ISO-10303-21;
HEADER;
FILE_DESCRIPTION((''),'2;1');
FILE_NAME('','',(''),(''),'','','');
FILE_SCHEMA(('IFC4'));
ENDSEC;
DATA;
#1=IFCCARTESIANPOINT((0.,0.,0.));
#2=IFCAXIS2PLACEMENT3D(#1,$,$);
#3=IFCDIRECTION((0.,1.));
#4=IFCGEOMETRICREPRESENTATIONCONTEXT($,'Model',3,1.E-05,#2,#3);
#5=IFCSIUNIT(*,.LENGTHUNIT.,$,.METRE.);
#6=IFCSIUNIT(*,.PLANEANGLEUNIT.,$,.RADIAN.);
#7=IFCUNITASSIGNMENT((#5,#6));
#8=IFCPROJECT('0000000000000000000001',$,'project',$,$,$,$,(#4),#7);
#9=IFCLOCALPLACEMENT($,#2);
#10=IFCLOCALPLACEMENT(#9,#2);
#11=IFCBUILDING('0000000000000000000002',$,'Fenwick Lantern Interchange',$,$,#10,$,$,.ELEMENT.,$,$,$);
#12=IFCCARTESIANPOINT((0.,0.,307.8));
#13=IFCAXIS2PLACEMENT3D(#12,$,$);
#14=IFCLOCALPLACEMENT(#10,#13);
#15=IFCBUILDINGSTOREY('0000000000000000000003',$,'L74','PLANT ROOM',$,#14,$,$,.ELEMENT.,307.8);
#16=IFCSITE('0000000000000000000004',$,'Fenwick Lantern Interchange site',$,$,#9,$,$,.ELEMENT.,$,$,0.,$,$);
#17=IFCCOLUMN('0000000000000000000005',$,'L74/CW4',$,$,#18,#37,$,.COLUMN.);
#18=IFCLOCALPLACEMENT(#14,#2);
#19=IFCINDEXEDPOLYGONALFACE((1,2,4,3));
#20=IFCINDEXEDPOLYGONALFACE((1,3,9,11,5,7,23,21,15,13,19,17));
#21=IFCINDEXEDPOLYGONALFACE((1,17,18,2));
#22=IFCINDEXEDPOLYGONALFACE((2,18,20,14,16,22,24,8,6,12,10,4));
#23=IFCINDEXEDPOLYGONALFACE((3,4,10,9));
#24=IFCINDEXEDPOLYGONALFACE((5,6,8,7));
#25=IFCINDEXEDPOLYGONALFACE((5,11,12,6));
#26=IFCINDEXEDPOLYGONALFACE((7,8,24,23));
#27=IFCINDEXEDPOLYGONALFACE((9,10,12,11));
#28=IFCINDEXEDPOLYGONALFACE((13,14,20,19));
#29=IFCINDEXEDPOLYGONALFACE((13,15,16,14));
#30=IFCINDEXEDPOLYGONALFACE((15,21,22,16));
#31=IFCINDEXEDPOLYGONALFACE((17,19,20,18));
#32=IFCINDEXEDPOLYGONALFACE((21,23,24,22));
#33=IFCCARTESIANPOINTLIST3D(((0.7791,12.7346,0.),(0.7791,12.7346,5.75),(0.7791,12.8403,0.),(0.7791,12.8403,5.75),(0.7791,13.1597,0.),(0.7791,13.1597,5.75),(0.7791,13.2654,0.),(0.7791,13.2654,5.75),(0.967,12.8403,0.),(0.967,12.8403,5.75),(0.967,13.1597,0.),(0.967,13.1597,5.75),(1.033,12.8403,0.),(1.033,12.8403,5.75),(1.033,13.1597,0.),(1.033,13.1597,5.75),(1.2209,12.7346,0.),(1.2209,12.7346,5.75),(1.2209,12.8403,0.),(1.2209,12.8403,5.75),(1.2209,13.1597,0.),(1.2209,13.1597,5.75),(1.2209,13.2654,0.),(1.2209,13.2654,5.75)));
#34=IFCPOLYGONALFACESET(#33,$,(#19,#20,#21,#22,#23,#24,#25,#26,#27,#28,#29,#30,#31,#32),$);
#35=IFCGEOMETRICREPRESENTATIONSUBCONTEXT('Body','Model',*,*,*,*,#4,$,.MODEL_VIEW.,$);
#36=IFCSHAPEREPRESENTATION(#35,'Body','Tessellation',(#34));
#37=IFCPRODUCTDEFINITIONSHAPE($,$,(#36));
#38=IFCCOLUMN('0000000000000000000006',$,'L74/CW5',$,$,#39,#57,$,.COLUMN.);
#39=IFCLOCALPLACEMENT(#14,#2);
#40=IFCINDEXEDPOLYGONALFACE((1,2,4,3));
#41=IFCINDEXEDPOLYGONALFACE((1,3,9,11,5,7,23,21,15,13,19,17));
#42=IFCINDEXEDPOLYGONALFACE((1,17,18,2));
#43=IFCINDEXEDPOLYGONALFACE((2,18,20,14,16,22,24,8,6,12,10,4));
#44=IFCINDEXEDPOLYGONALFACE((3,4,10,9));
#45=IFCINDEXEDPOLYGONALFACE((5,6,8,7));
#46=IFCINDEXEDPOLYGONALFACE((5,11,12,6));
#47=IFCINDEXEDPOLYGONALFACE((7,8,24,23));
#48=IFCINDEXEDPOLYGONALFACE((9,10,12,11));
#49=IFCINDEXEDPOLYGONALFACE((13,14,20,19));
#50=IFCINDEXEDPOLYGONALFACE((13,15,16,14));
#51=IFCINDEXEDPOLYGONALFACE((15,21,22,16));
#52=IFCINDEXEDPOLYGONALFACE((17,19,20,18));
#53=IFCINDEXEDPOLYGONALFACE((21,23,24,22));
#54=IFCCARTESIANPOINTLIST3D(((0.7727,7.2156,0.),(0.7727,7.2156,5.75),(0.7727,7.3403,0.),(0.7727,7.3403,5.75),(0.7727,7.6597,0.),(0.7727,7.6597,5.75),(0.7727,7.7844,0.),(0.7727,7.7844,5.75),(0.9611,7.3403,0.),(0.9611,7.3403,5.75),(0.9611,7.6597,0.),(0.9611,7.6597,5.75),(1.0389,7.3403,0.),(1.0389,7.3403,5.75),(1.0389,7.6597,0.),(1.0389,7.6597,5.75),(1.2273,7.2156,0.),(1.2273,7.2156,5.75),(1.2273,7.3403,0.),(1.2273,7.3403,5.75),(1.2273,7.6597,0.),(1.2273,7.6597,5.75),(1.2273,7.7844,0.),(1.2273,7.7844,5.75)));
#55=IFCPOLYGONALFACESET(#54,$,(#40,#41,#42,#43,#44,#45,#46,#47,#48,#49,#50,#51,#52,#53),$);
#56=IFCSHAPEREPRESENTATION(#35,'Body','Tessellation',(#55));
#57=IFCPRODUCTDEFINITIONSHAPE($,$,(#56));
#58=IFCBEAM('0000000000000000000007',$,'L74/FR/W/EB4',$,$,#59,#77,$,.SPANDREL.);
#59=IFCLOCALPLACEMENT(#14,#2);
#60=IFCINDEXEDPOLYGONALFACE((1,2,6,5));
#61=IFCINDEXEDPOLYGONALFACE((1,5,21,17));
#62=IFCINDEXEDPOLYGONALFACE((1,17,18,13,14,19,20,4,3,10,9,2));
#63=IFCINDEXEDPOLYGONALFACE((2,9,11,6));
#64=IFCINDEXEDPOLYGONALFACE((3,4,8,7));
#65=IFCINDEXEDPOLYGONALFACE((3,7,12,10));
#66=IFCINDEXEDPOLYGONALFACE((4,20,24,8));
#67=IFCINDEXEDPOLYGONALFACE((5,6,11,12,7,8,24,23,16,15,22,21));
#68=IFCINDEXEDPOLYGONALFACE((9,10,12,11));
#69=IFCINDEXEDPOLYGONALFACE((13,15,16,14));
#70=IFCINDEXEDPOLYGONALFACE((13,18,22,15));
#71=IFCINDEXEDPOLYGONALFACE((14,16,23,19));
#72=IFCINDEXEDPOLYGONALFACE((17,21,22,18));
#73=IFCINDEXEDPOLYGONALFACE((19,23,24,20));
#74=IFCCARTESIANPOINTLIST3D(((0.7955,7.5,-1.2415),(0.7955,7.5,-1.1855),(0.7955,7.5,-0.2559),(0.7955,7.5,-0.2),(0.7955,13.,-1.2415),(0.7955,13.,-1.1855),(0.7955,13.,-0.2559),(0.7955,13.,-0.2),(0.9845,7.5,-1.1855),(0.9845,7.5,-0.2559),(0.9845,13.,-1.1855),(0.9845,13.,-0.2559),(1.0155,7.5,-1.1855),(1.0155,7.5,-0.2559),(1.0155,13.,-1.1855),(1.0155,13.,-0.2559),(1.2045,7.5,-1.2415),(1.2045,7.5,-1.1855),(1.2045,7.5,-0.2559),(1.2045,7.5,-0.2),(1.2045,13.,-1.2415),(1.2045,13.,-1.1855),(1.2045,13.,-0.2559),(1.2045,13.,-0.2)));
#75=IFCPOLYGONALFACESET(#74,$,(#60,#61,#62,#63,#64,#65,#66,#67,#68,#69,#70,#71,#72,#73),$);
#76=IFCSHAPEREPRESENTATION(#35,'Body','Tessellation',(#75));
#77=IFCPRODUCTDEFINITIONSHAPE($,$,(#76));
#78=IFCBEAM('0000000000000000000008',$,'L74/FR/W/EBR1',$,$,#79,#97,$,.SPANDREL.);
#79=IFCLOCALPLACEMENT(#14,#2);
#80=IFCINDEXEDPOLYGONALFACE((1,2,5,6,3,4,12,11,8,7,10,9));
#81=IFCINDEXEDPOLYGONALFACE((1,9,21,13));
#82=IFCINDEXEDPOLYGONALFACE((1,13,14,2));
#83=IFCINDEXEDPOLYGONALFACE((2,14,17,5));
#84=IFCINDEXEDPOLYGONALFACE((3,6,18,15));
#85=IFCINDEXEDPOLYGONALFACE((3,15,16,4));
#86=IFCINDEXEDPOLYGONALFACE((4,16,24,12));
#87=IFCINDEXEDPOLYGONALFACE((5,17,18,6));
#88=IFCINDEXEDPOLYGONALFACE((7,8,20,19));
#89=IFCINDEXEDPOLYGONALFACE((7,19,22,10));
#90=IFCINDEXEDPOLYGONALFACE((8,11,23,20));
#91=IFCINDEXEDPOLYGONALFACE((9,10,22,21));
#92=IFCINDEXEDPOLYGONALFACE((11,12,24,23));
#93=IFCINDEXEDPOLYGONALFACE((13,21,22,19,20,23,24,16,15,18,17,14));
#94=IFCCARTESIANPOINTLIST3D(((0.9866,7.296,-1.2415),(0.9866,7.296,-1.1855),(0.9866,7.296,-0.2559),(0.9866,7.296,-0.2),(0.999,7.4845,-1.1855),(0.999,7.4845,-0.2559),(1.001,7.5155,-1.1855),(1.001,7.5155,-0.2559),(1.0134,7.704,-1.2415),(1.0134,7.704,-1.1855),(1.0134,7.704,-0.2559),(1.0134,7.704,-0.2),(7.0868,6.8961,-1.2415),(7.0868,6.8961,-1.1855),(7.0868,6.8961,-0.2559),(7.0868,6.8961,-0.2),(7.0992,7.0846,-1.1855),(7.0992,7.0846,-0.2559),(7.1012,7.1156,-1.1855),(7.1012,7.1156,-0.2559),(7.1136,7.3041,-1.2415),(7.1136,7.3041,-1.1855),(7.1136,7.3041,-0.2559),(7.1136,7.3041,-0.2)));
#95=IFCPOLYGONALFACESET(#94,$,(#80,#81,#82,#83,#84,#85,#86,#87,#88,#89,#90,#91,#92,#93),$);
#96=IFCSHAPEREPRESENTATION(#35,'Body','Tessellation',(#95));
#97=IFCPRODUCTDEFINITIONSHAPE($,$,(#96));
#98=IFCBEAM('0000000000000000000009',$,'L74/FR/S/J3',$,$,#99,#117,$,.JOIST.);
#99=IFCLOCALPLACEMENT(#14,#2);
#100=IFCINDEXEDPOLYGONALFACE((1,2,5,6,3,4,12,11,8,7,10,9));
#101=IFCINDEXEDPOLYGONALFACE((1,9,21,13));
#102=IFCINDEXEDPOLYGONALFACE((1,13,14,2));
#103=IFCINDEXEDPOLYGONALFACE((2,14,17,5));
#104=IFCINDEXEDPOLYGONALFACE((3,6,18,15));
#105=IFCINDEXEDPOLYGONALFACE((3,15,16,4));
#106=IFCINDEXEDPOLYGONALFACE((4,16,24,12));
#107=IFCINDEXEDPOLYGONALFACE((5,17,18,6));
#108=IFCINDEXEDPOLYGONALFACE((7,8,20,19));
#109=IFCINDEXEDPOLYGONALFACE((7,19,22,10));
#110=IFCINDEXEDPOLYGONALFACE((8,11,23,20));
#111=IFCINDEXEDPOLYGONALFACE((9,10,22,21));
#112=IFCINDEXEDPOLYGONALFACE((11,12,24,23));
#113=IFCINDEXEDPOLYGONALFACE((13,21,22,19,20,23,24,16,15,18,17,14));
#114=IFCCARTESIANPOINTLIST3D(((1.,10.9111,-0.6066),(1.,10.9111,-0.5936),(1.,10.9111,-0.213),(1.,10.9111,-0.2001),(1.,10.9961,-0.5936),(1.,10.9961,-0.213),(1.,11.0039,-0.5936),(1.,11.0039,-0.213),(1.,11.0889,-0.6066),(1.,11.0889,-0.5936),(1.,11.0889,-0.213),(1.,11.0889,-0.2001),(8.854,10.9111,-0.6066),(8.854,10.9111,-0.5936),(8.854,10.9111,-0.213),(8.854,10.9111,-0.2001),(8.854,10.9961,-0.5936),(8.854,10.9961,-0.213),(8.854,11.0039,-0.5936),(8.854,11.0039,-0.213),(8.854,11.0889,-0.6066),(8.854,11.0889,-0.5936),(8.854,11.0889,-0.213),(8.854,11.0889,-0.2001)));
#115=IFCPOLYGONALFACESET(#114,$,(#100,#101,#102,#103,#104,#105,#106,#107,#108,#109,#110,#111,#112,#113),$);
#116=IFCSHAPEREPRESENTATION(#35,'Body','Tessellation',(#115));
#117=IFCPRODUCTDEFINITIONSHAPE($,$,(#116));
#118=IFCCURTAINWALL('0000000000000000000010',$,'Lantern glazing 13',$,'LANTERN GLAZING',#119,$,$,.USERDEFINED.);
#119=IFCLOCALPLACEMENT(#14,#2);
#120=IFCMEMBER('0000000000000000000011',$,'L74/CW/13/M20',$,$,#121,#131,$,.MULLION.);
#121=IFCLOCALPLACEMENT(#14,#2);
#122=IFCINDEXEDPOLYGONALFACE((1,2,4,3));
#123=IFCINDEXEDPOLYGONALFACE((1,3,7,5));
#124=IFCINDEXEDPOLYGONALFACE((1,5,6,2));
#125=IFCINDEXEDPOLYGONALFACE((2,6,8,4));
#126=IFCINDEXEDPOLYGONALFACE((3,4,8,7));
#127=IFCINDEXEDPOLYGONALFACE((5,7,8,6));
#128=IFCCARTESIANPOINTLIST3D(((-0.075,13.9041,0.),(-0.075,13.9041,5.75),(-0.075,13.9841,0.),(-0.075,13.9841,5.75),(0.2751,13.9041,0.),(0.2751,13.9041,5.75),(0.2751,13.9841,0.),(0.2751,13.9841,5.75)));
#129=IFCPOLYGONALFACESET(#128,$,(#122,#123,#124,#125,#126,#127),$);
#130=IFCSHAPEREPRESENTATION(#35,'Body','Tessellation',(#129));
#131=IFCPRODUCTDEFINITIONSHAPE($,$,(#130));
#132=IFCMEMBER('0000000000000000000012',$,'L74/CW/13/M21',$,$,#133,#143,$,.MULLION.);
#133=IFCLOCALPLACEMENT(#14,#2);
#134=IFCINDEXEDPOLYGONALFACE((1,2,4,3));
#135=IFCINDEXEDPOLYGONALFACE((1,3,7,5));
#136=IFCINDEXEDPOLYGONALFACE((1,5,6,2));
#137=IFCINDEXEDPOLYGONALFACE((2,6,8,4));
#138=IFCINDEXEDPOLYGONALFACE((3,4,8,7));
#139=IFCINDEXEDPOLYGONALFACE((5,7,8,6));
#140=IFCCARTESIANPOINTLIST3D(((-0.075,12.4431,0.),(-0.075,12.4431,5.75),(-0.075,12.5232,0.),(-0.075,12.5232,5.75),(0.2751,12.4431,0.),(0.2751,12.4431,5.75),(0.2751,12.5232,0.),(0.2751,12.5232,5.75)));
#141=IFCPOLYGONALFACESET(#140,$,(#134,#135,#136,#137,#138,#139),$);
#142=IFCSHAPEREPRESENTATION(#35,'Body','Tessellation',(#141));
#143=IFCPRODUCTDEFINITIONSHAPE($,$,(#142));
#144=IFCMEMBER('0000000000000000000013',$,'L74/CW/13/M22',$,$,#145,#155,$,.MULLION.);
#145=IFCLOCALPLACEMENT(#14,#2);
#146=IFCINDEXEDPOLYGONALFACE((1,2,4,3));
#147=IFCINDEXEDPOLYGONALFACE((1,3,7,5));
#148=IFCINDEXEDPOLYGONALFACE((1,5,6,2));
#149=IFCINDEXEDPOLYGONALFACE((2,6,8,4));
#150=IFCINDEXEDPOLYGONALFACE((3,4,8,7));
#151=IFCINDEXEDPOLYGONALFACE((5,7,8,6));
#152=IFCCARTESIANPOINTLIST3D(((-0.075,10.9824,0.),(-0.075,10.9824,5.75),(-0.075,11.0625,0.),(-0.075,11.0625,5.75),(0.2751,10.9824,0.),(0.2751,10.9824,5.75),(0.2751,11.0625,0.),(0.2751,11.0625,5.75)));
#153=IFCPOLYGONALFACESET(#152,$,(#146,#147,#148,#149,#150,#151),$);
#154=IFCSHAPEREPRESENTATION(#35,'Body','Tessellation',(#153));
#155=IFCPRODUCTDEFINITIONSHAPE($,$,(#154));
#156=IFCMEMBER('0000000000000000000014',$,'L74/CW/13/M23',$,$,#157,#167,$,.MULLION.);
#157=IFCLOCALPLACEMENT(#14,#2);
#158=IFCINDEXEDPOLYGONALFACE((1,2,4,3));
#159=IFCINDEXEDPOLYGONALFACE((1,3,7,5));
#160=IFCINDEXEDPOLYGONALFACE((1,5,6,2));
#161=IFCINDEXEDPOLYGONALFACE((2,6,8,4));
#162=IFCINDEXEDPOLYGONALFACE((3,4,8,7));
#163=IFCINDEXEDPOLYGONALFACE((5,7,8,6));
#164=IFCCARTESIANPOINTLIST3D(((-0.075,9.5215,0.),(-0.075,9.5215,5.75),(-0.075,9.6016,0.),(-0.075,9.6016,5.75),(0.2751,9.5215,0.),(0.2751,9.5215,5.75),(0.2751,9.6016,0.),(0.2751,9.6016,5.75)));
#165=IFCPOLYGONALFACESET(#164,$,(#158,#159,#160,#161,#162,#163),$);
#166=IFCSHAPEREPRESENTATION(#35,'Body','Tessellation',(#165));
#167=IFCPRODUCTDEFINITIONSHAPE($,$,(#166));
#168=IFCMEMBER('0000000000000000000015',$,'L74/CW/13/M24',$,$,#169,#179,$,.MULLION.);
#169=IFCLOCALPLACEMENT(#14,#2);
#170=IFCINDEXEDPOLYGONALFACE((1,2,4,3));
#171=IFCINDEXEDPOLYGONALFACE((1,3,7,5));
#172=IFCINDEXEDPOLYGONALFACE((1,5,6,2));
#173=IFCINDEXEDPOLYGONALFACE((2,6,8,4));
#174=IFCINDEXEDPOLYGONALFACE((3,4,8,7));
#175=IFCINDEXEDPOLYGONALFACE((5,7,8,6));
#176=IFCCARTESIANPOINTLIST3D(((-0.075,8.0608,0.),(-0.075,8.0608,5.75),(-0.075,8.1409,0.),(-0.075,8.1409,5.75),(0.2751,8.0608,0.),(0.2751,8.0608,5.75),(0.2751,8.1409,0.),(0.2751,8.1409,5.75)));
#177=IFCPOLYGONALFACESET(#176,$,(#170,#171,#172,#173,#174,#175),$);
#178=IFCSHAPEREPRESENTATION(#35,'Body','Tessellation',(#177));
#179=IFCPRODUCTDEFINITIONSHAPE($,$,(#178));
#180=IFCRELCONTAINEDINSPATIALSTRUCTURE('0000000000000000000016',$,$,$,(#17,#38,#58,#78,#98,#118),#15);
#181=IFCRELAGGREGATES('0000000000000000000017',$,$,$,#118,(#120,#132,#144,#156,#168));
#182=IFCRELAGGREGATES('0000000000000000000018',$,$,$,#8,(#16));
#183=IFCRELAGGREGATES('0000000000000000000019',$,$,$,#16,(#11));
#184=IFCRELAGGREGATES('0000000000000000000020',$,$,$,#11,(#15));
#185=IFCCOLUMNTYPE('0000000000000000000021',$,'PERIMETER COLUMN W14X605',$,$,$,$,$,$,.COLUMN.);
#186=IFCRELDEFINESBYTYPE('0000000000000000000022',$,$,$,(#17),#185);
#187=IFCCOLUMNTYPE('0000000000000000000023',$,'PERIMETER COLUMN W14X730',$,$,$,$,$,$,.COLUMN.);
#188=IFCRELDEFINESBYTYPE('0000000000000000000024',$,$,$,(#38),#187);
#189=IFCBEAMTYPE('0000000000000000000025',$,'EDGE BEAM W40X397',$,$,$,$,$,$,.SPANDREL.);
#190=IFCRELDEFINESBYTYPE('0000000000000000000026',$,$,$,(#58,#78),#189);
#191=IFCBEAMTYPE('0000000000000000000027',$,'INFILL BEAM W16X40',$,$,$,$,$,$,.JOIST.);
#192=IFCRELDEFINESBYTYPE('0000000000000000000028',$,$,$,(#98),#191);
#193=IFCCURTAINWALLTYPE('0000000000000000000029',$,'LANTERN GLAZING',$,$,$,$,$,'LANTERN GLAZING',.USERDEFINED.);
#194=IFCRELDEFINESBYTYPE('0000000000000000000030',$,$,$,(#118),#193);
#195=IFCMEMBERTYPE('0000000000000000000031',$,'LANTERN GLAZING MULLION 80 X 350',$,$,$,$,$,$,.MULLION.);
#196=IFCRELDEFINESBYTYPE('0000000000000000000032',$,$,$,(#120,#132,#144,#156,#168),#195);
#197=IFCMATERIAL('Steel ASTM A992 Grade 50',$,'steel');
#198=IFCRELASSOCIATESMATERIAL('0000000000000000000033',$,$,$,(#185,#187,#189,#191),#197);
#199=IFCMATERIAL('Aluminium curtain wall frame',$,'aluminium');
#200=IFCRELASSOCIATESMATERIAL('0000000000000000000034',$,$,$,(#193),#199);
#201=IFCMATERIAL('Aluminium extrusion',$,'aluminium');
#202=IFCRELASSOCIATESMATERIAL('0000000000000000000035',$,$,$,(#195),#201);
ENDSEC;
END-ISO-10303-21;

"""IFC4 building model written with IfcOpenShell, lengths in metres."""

from ifc_helpers import new_model, si_unit, direction, frame, origin, origin_2d, place, context, subcontext, project, spatial, rectangle, i_section, extrude, material, material_profile, profile_set, type_object, element, aggregate, save


model = new_model("IFC4")

# Units and contexts
model_context = context("Model", 3, precision=1e-05, world=origin(), true_north=direction((0.0, 1.0)))
body_context = subcontext(model_context, "Body", "Model", "MODEL_VIEW")
ifc_project = project(units=[si_unit("LENGTHUNIT", "METRE"), si_unit("PLANEANGLEUNIT", "RADIAN")], contexts=[model_context])

# Site, building, storey
site_placement = place(None, origin())
site = spatial("IfcSite", under=ifc_project, at=site_placement, Name="Fenwick Lantern Interchange site", CompositionType="ELEMENT", RefElevation=0.0)
building_placement = place(site_placement, origin())
building = spatial("IfcBuilding", under=site, at=building_placement, Name="Fenwick Lantern Interchange", CompositionType="ELEMENT")
storey_placement = place(building_placement, frame((0.0, 0.0, 307.8)))
storey = spatial("IfcBuildingStorey", under=building, at=storey_placement, Name="L74", Description="PLANT ROOM", CompositionType="ELEMENT", Elevation=307.8)

# Columns
ifc_material_1 = material(Name="Steel ASTM A992 Grade 50", Category="steel")
ifc_material_profile_1 = material_profile(ifc_material_1, i_section(OverallWidth=0.4419, OverallDepth=0.5308, WebThickness=0.0659, FlangeThickness=0.1057, at=origin_2d()), Name="W14X605")
ifc_profile_set_1 = profile_set([ifc_material_profile_1], Name="Steel ASTM A992 Grade 50")
column_type_1 = type_object("IfcColumnType", Name="PERIMETER COLUMN W14X605", PredefinedType="COLUMN", material=ifc_profile_set_1)
column_1_placement = place(storey_placement, frame((1.0, 13.0, 0.0), z_axis=(0.0, 0.0, 1.0), x_axis=(1.0, 0.0, 0.0)))
element("IfcColumn", 1, at=column_1_placement, inside=storey, type_object=column_type_1, Name="L74/CW4", PredefinedType="COLUMN", context=body_context, shape_type="SweptSolid", body=[
    extrude(i_section(OverallWidth=0.4419, OverallDepth=0.5308, WebThickness=0.0659, FlangeThickness=0.1057, at=origin_2d()), origin(), (0.0, 0.0, 1.0), 5.75),
])
ifc_material_profile_2 = material_profile(ifc_material_1, i_section(OverallWidth=0.4546, OverallDepth=0.5688, WebThickness=0.0779, FlangeThickness=0.1248, at=origin_2d()), Name="W14X730")
ifc_profile_set_2 = profile_set([ifc_material_profile_2], Name="Steel ASTM A992 Grade 50")
column_type_2 = type_object("IfcColumnType", Name="PERIMETER COLUMN W14X730", PredefinedType="COLUMN", material=ifc_profile_set_2)
column_2_placement = place(storey_placement, frame((1.0, 7.5, 0.0), z_axis=(0.0, 0.0, 1.0), x_axis=(1.0, 0.0, 0.0)))
element("IfcColumn", 2, at=column_2_placement, inside=storey, type_object=column_type_2, Name="L74/CW5", PredefinedType="COLUMN", context=body_context, shape_type="SweptSolid", body=[
    extrude(i_section(OverallWidth=0.4546, OverallDepth=0.5688, WebThickness=0.0779, FlangeThickness=0.1248, at=origin_2d()), origin(), (0.0, 0.0, 1.0), 5.75),
])

# Beams
ifc_material_profile_3 = material_profile(ifc_material_1, i_section(OverallWidth=0.4089, OverallDepth=1.0415, WebThickness=0.031, FlangeThickness=0.0559, at=origin_2d()), Name="W40X397")
ifc_profile_set_3 = profile_set([ifc_material_profile_3], Name="Steel ASTM A992 Grade 50")
beam_type_1 = type_object("IfcBeamType", Name="EDGE BEAM W40X397", PredefinedType="SPANDREL", material=ifc_profile_set_3)
beam_1_placement = place(storey_placement, frame((1.0, 13.0, -0.7207), z_axis=(0.0, -1.0, 0.0), x_axis=(1.0, 0.0, 0.0)))
element("IfcBeam", 3, at=beam_1_placement, inside=storey, type_object=beam_type_1, Name="L74/FR/W/EB4", PredefinedType="SPANDREL", context=body_context, shape_type="SweptSolid", body=[
    extrude(i_section(OverallWidth=0.4089, OverallDepth=1.0415, WebThickness=0.031, FlangeThickness=0.0559, at=origin_2d()), origin(), (0.0, 0.0, 1.0), 5.5),
])
beam_2_placement = place(storey_placement, frame((1.0, 7.5, -0.7207), z_axis=(0.997858, -0.065416, 0.0), x_axis=(0.065416, 0.997858, 0.0)))
element("IfcBeam", 4, at=beam_2_placement, inside=storey, type_object=beam_type_1, Name="L74/FR/W/EBR1", PredefinedType="SPANDREL", context=body_context, shape_type="SweptSolid", body=[
    extrude(i_section(OverallWidth=0.4089, OverallDepth=1.0415, WebThickness=0.031, FlangeThickness=0.0559, at=origin_2d()), origin(), (0.0, 0.0, 1.0), 6.1133),
])
ifc_material_profile_4 = material_profile(ifc_material_1, i_section(OverallWidth=0.1777, OverallDepth=0.4065, WebThickness=0.0078, FlangeThickness=0.0129, at=origin_2d()), Name="W16X40")
ifc_profile_set_4 = profile_set([ifc_material_profile_4], Name="Steel ASTM A992 Grade 50")
beam_type_2 = type_object("IfcBeamType", Name="INFILL BEAM W16X40", PredefinedType="JOIST", material=ifc_profile_set_4)
beam_3_placement = place(storey_placement, frame((1.0, 11.0, -0.4033), z_axis=(1.0, 0.0, 0.0), x_axis=(0.0, 1.0, 0.0)))
element("IfcBeam", 5, at=beam_3_placement, inside=storey, type_object=beam_type_2, Name="L74/FR/S/J3", PredefinedType="JOIST", context=body_context, shape_type="SweptSolid", body=[
    extrude(i_section(OverallWidth=0.1777, OverallDepth=0.4065, WebThickness=0.0078, FlangeThickness=0.0129, at=origin_2d()), origin(), (0.0, 0.0, 1.0), 7.854),
])

# Curtain wall, members
ifc_material_2 = material(Name="Aluminium curtain wall frame", Category="aluminium")
curtain_wall_type = type_object("IfcCurtainWallType", Name="LANTERN GLAZING", ElementType="LANTERN GLAZING", PredefinedType="USERDEFINED", material=ifc_material_2)
curtain_wall_1_placement = place(storey_placement, origin())
curtain_wall_1 = element("IfcCurtainWall", 6, at=curtain_wall_1_placement, inside=storey, type_object=curtain_wall_type, Name="Lantern glazing 13", ObjectType="LANTERN GLAZING", PredefinedType="USERDEFINED")
ifc_material_3 = material(Name="Aluminium extrusion", Category="aluminium")
ifc_material_profile_5 = material_profile(ifc_material_3, rectangle(XDim=0.3501, YDim=0.0801, at=origin_2d()), Name="LANTERN GLAZING MULLION 80 X 350")
ifc_profile_set_5 = profile_set([ifc_material_profile_5], Name="Aluminium extrusion")
member_type_1 = type_object("IfcMemberType", Name="LANTERN GLAZING MULLION 80 X 350", PredefinedType="MULLION", material=ifc_profile_set_5)
member_1_placement = place(storey_placement, frame((0.1001, 13.9441, 0.0), z_axis=(0.0, 0.0, 1.0), x_axis=(1.0, 0.0, 0.0)))
member_1 = element("IfcMember", 7, at=member_1_placement, type_object=member_type_1, Name="L74/CW/13/M20", PredefinedType="MULLION", context=body_context, shape_type="SweptSolid", body=[
    extrude(rectangle(XDim=0.3501, YDim=0.0801, at=origin_2d()), origin(), (0.0, 0.0, 1.0), 5.75),
])
member_2_placement = place(storey_placement, frame((0.1001, 12.4832, 0.0), z_axis=(0.0, 0.0, 1.0), x_axis=(1.0, 0.0, 0.0)))
member_2 = element("IfcMember", 8, at=member_2_placement, type_object=member_type_1, Name="L74/CW/13/M21", PredefinedType="MULLION", context=body_context, shape_type="SweptSolid", body=[
    extrude(rectangle(XDim=0.3501, YDim=0.0801, at=origin_2d()), origin(), (0.0, 0.0, 1.0), 5.75),
])
member_3_placement = place(storey_placement, frame((0.1001, 11.0225, 0.0), z_axis=(0.0, 0.0, 1.0), x_axis=(1.0, 0.0, 0.0)))
member_3 = element("IfcMember", 9, at=member_3_placement, type_object=member_type_1, Name="L74/CW/13/M22", PredefinedType="MULLION", context=body_context, shape_type="SweptSolid", body=[
    extrude(rectangle(XDim=0.3501, YDim=0.0801, at=origin_2d()), origin(), (0.0, 0.0, 1.0), 5.75),
])
member_4_placement = place(storey_placement, frame((0.1001, 9.5615, 0.0), z_axis=(0.0, 0.0, 1.0), x_axis=(1.0, 0.0, 0.0)))
member_4 = element("IfcMember", 10, at=member_4_placement, type_object=member_type_1, Name="L74/CW/13/M23", PredefinedType="MULLION", context=body_context, shape_type="SweptSolid", body=[
    extrude(rectangle(XDim=0.3501, YDim=0.0801, at=origin_2d()), origin(), (0.0, 0.0, 1.0), 5.75),
])
member_5_placement = place(storey_placement, frame((0.1001, 8.1008, 0.0), z_axis=(0.0, 0.0, 1.0), x_axis=(1.0, 0.0, 0.0)))
member_5 = element("IfcMember", 11, at=member_5_placement, type_object=member_type_1, Name="L74/CW/13/M24", PredefinedType="MULLION", context=body_context, shape_type="SweptSolid", body=[
    extrude(rectangle(XDim=0.3501, YDim=0.0801, at=origin_2d()), origin(), (0.0, 0.0, 1.0), 5.75),
])

aggregate(curtain_wall_1, [member_1, member_2, member_3, member_4, member_5])

save(model, "model.ifc")
